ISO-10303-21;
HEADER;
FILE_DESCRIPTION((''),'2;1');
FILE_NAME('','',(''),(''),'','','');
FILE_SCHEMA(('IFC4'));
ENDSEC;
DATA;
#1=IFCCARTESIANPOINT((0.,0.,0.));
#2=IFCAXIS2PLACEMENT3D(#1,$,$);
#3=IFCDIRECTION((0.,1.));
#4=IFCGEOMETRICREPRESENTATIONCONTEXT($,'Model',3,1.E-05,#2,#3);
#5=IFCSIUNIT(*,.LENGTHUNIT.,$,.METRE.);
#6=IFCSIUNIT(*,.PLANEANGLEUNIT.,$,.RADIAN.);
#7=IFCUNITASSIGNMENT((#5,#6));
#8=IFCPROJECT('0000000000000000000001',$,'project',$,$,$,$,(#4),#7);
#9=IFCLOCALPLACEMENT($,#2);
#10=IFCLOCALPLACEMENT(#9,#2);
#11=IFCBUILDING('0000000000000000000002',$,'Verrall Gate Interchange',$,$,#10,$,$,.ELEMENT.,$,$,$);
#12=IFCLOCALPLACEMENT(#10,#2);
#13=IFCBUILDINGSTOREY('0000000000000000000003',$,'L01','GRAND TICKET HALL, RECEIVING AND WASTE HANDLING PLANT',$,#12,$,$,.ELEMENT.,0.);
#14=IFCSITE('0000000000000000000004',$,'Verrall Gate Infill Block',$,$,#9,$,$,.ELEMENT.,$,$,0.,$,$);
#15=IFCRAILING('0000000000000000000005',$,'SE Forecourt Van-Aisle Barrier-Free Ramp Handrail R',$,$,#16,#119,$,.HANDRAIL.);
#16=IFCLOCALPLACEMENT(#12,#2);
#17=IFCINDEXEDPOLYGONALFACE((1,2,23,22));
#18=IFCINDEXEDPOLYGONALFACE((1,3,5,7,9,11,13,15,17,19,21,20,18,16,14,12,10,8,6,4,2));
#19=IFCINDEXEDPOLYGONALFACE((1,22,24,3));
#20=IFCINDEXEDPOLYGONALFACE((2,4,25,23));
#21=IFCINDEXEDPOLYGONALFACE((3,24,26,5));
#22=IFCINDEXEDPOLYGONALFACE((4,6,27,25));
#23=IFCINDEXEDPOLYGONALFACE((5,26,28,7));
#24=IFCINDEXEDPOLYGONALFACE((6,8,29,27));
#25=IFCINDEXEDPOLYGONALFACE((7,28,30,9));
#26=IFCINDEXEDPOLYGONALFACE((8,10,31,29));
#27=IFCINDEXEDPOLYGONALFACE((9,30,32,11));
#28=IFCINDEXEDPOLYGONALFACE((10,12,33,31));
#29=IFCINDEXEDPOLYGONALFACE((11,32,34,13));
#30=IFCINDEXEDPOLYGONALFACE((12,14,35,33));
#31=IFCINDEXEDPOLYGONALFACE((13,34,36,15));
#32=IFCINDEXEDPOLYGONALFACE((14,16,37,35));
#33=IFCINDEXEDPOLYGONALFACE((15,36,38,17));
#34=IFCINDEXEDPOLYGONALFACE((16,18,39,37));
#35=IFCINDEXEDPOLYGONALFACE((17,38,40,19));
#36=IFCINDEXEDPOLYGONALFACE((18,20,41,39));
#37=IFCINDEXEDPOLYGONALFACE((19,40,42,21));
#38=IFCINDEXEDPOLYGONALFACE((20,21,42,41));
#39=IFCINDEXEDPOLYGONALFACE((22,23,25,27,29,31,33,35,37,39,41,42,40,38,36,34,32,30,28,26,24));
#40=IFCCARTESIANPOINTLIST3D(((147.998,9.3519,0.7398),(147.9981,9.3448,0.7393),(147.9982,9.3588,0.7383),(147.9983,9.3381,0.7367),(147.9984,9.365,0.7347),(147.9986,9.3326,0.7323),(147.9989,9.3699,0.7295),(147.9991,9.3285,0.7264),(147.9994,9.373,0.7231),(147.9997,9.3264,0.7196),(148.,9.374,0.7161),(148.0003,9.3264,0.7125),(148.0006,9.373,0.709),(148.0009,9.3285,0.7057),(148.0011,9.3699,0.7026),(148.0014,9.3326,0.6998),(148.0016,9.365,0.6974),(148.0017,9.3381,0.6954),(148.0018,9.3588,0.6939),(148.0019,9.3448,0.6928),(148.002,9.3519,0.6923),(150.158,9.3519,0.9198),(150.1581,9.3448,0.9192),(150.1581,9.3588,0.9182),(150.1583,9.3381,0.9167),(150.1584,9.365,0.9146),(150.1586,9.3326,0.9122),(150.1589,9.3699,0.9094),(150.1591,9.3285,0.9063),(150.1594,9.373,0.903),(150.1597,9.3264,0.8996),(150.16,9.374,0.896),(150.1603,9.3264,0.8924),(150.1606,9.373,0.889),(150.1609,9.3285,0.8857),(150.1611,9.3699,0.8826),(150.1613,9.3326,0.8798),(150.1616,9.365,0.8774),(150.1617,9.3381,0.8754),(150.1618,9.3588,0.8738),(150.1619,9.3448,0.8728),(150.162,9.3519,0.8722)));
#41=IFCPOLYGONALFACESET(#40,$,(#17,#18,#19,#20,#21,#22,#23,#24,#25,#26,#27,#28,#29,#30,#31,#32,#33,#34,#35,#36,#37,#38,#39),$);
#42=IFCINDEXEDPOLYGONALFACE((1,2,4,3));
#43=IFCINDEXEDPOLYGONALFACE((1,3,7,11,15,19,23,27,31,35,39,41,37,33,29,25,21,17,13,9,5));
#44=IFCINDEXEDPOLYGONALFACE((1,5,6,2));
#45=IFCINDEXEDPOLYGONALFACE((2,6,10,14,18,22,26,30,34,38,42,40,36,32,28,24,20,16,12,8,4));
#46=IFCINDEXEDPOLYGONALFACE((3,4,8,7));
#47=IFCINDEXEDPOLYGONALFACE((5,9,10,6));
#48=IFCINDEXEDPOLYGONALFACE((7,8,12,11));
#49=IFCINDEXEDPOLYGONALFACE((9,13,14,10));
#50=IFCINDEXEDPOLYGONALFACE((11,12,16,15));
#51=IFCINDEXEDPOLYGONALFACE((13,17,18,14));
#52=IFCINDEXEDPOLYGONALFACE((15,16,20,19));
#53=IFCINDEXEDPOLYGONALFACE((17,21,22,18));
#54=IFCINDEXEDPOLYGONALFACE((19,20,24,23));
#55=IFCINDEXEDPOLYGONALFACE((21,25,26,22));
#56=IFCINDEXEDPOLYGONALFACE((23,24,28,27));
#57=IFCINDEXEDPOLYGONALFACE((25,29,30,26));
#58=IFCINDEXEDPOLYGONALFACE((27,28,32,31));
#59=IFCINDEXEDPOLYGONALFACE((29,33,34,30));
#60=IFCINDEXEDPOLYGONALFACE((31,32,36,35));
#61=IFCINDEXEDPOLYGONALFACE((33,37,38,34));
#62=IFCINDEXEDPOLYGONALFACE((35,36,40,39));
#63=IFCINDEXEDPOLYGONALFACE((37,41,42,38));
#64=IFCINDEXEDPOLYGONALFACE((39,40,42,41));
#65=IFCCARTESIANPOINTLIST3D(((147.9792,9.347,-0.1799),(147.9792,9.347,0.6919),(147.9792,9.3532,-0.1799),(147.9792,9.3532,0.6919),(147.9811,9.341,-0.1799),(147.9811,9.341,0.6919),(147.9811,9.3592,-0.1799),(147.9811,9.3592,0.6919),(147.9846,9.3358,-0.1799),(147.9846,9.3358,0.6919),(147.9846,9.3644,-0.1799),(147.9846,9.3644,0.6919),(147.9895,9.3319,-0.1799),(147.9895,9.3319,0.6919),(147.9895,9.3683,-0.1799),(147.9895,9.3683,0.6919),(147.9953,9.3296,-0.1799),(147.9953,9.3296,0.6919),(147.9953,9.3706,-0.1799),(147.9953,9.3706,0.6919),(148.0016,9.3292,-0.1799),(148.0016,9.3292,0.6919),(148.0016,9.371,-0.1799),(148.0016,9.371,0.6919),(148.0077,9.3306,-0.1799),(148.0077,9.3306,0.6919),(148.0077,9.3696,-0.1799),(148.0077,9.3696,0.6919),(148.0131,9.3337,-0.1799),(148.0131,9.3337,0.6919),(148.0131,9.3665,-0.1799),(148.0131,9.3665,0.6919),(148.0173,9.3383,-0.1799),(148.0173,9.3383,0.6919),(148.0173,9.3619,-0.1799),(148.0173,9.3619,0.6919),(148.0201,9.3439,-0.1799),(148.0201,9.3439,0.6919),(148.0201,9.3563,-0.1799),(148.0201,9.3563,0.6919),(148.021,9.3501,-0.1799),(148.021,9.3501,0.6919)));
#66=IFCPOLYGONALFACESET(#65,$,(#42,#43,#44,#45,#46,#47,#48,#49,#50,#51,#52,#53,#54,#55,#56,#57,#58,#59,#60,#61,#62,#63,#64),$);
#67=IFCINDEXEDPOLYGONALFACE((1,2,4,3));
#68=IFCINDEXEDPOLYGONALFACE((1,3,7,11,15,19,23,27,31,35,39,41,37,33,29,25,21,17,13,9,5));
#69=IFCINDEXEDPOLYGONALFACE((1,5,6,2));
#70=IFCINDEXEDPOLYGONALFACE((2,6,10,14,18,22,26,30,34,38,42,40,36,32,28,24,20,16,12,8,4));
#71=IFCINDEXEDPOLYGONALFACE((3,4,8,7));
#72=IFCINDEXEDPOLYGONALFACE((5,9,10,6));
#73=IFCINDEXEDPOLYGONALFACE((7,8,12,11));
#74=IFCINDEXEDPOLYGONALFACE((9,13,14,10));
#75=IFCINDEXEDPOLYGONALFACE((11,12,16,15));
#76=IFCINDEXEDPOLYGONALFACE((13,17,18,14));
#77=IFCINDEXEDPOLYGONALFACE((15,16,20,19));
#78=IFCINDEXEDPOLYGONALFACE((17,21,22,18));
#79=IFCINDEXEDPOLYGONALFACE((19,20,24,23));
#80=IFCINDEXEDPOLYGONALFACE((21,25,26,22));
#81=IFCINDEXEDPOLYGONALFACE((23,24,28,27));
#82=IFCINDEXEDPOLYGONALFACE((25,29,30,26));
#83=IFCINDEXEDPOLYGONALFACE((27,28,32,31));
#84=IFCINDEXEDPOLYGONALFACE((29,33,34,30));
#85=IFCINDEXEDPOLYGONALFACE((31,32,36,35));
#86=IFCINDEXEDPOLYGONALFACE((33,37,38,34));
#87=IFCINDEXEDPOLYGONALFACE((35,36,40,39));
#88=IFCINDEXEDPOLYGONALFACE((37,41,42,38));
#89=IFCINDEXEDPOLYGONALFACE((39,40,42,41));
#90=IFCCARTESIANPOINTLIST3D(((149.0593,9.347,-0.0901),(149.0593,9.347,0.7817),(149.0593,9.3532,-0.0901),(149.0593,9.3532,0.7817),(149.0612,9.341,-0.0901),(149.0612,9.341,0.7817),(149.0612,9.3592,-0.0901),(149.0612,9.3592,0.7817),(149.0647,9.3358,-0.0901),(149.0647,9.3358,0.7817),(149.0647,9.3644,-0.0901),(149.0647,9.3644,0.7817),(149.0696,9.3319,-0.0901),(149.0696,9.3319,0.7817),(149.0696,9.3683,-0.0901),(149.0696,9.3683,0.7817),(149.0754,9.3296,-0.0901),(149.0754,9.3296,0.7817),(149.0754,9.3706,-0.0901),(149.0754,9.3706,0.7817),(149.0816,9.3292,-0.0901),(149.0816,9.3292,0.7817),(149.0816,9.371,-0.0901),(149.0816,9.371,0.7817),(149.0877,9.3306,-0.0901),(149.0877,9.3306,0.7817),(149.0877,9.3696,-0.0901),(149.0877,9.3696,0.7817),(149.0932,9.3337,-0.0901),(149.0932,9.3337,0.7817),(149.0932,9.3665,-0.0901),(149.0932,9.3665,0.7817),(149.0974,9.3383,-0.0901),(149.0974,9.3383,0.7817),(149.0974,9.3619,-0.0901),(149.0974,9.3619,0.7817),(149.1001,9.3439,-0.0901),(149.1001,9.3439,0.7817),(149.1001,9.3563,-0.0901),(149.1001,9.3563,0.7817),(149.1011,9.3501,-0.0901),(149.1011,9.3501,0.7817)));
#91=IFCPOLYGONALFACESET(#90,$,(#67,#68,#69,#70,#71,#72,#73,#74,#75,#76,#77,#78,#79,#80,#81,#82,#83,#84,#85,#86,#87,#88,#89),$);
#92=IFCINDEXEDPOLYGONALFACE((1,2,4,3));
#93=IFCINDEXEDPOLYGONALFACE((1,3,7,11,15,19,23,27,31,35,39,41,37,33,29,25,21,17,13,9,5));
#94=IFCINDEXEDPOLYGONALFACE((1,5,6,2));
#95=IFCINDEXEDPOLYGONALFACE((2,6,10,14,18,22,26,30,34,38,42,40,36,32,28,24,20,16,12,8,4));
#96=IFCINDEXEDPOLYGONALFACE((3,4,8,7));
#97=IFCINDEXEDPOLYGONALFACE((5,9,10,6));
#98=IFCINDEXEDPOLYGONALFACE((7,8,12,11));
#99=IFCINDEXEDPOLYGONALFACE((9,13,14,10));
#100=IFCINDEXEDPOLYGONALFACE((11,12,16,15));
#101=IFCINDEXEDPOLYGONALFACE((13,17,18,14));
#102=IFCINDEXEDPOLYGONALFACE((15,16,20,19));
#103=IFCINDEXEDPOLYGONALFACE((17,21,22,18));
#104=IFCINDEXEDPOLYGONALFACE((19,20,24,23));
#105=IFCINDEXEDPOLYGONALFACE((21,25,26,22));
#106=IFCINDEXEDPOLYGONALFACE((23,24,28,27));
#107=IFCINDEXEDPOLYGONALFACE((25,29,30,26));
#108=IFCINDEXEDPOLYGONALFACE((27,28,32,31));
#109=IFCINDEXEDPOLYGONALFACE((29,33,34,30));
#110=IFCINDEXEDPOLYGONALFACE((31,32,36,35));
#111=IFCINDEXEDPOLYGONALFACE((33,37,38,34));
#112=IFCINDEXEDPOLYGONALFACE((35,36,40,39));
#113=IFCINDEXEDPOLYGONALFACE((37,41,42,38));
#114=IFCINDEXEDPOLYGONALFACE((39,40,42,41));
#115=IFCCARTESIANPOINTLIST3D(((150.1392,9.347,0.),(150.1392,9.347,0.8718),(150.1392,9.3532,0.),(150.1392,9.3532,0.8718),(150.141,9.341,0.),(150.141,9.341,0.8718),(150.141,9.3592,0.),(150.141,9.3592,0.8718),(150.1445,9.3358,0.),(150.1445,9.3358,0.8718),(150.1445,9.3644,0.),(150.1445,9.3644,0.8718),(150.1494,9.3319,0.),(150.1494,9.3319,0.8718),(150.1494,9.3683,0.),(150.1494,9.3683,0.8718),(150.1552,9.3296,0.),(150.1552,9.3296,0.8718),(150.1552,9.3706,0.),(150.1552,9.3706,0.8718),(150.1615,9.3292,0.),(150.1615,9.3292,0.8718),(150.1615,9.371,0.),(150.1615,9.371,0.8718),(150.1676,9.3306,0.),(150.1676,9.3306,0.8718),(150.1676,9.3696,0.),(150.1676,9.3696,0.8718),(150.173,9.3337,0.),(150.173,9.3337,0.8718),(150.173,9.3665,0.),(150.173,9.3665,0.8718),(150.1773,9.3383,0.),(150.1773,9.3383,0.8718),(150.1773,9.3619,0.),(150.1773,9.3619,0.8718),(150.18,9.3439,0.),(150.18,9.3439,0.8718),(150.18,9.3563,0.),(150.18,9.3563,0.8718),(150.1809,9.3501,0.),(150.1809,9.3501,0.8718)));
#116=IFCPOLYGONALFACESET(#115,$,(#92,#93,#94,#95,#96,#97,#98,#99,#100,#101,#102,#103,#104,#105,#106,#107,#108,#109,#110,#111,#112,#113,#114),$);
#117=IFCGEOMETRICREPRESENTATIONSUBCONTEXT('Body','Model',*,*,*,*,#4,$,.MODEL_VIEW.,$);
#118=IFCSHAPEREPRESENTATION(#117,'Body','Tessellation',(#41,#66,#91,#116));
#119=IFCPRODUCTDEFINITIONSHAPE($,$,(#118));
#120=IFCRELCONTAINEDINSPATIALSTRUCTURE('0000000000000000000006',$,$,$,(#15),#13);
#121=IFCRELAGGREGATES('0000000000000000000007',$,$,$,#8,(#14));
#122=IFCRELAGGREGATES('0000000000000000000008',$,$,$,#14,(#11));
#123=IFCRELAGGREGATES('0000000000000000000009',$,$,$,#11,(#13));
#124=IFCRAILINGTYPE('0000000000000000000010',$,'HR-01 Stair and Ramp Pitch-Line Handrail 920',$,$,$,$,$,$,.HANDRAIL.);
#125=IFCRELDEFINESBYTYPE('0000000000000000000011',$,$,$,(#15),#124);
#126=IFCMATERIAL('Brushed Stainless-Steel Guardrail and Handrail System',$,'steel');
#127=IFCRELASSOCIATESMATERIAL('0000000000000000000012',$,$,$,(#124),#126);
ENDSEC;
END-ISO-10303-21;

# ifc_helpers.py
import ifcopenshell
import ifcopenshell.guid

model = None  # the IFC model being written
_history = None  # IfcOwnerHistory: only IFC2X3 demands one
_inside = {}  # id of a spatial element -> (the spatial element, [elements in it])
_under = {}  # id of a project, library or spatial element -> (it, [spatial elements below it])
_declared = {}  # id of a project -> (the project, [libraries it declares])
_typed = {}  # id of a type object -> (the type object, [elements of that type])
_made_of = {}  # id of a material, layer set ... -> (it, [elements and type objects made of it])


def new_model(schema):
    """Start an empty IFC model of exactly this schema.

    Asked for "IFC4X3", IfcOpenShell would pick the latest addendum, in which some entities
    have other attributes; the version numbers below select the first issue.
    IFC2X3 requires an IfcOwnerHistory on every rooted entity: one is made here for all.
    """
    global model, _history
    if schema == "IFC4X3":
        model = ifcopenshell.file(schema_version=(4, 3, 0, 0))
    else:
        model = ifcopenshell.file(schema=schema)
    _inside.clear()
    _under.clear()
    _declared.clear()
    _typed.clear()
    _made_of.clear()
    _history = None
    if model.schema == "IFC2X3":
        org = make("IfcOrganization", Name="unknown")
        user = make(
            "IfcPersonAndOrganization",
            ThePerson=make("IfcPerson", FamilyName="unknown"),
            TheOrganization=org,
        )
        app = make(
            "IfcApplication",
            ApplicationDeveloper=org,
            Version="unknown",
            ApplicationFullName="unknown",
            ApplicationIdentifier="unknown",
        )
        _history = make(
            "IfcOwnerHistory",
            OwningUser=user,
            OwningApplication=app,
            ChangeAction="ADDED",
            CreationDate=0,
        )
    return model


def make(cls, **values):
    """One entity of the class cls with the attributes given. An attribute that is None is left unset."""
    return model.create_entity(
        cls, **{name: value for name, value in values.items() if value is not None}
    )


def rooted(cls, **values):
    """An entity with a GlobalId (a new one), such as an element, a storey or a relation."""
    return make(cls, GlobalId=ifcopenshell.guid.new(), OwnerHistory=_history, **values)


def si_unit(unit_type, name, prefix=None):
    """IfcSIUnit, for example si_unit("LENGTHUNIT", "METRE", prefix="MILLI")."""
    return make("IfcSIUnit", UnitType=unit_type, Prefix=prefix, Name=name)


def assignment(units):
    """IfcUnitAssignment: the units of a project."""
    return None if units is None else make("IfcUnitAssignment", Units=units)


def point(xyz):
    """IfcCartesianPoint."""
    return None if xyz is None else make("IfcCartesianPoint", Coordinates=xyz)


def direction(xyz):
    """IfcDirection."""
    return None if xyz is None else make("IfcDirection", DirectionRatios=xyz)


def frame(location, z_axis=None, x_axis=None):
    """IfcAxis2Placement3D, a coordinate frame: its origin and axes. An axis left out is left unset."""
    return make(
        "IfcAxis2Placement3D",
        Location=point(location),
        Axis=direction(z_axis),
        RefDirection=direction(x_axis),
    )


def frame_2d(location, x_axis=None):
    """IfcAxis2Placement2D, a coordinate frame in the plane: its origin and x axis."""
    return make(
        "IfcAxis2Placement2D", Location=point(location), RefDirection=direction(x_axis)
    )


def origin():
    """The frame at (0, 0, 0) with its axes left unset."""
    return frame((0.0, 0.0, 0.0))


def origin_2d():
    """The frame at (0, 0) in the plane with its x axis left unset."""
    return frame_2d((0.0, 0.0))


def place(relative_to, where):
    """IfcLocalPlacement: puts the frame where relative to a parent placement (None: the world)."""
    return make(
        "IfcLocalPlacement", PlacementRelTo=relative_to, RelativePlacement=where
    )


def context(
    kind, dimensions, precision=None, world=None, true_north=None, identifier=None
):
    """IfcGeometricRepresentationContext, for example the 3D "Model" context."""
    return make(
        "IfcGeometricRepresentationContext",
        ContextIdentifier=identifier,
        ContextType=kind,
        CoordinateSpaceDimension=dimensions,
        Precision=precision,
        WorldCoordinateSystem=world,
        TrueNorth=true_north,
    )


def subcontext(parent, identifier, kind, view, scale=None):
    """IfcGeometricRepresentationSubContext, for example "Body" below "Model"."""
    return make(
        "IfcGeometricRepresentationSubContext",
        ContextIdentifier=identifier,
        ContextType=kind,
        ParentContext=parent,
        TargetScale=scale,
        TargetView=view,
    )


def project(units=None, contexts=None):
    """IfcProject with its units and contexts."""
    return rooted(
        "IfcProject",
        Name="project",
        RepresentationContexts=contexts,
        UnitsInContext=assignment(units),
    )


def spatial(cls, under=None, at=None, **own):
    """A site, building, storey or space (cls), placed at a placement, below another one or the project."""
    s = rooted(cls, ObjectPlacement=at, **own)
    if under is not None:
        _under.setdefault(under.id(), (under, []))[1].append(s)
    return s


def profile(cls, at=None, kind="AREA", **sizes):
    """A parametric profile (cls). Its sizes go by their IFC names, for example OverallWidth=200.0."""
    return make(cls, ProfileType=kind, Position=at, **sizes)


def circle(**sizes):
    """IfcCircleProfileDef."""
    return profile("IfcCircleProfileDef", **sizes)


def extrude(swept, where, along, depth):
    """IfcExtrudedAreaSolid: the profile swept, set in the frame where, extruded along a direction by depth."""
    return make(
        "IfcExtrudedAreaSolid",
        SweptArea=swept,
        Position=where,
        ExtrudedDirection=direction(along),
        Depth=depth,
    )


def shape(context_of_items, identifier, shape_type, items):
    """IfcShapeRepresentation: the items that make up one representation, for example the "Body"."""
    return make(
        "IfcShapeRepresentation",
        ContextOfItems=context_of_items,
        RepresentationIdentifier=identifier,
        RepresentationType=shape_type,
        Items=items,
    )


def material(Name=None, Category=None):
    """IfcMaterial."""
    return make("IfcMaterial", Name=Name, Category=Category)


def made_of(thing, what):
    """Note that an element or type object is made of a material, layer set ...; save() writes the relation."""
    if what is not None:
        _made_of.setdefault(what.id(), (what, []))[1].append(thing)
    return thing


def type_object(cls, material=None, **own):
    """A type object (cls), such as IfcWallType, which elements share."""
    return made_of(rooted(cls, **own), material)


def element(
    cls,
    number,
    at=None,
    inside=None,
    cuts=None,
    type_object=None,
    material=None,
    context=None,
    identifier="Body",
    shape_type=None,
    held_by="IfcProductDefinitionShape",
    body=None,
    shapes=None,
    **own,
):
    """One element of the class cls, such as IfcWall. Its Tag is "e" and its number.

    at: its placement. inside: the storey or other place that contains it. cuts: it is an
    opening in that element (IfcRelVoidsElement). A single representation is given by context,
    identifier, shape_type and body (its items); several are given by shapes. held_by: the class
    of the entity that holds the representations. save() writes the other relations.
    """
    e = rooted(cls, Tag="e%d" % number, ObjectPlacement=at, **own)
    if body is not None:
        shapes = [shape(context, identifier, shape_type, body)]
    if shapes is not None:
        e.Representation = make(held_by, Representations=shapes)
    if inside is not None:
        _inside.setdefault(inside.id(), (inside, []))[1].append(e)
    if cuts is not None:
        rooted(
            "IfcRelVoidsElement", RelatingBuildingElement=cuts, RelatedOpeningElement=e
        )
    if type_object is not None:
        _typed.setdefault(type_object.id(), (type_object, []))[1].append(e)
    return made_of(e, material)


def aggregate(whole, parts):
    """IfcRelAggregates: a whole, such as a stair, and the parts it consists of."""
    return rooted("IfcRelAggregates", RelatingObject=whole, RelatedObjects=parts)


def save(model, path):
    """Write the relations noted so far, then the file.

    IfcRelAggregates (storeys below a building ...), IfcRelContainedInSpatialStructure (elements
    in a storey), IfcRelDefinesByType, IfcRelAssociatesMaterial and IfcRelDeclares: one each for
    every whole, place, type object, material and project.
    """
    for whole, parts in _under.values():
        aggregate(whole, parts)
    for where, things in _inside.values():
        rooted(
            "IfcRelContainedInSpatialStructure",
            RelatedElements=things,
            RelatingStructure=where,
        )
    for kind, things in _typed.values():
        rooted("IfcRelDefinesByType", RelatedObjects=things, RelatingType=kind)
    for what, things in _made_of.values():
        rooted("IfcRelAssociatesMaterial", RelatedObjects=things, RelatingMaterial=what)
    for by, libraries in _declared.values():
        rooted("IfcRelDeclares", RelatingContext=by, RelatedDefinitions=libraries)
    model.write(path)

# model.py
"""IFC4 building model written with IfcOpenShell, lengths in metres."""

from ifc_helpers import new_model, si_unit, direction, frame, origin, origin_2d, place, context, subcontext, project, spatial, circle, extrude, material, type_object, element, save


model = new_model("IFC4")

# Units and contexts
model_context = context("Model", 3, precision=1e-05, world=origin(), true_north=direction((0.0, 1.0)))
body_context = subcontext(model_context, "Body", "Model", "MODEL_VIEW")
ifc_project = project(units=[si_unit("LENGTHUNIT", "METRE"), si_unit("PLANEANGLEUNIT", "RADIAN")], contexts=[model_context])

# Site, building, storey
site_placement = place(None, origin())
site = spatial("IfcSite", under=ifc_project, at=site_placement, Name="Verrall Gate Infill Block", CompositionType="ELEMENT", RefElevation=0.0)
building_placement = place(site_placement, origin())
building = spatial("IfcBuilding", under=site, at=building_placement, Name="Verrall Gate Interchange", CompositionType="ELEMENT")
storey_placement = place(building_placement, origin())
storey = spatial("IfcBuildingStorey", under=building, at=storey_placement, Name="L01", Description="GRAND TICKET HALL, RECEIVING AND WASTE HANDLING PLANT", CompositionType="ELEMENT", Elevation=0.0)

# Railing
ifc_material_1 = material(Name="Brushed Stainless-Steel Guardrail and Handrail System", Category="steel")
railing_type = type_object("IfcRailingType", Name="HR-01 Stair and Ramp Pitch-Line Handrail 920", PredefinedType="HANDRAIL", material=ifc_material_1)
for number, where, name in (
    (1, (148.0, 9.3501, -0.1799), "SE Forecourt Van-Aisle Barrier-Free Ramp Handrail R"),
):
    element("IfcRailing", number, at=place(storey_placement, frame(where)), inside=storey, type_object=railing_type, Name=name, PredefinedType="HANDRAIL", context=body_context, shape_type="SweptSolid", body=[
        extrude(circle(Radius=0.0239, at=origin_2d()), frame((0.0, 0.0, 0.896), z_axis=(0.996548, 0.0, 0.083018), x_axis=(0.0, 1.0, 0.0)), (0.0, 0.0, 1.0), 2.1675),
        extrude(circle(Radius=0.021, at=origin_2d()), origin(), (0.0, 0.0, 1.0), 0.8718),
        extrude(circle(Radius=0.021, at=origin_2d()), frame((1.0801, 0.0, 0.0898)), (0.0, 0.0, 1.0), 0.8718),
        extrude(circle(Radius=0.021, at=origin_2d()), frame((2.1599, 0.0, 0.1799)), (0.0, 0.0, 1.0), 0.8718),
    ])

save(model, "model.ifc")
